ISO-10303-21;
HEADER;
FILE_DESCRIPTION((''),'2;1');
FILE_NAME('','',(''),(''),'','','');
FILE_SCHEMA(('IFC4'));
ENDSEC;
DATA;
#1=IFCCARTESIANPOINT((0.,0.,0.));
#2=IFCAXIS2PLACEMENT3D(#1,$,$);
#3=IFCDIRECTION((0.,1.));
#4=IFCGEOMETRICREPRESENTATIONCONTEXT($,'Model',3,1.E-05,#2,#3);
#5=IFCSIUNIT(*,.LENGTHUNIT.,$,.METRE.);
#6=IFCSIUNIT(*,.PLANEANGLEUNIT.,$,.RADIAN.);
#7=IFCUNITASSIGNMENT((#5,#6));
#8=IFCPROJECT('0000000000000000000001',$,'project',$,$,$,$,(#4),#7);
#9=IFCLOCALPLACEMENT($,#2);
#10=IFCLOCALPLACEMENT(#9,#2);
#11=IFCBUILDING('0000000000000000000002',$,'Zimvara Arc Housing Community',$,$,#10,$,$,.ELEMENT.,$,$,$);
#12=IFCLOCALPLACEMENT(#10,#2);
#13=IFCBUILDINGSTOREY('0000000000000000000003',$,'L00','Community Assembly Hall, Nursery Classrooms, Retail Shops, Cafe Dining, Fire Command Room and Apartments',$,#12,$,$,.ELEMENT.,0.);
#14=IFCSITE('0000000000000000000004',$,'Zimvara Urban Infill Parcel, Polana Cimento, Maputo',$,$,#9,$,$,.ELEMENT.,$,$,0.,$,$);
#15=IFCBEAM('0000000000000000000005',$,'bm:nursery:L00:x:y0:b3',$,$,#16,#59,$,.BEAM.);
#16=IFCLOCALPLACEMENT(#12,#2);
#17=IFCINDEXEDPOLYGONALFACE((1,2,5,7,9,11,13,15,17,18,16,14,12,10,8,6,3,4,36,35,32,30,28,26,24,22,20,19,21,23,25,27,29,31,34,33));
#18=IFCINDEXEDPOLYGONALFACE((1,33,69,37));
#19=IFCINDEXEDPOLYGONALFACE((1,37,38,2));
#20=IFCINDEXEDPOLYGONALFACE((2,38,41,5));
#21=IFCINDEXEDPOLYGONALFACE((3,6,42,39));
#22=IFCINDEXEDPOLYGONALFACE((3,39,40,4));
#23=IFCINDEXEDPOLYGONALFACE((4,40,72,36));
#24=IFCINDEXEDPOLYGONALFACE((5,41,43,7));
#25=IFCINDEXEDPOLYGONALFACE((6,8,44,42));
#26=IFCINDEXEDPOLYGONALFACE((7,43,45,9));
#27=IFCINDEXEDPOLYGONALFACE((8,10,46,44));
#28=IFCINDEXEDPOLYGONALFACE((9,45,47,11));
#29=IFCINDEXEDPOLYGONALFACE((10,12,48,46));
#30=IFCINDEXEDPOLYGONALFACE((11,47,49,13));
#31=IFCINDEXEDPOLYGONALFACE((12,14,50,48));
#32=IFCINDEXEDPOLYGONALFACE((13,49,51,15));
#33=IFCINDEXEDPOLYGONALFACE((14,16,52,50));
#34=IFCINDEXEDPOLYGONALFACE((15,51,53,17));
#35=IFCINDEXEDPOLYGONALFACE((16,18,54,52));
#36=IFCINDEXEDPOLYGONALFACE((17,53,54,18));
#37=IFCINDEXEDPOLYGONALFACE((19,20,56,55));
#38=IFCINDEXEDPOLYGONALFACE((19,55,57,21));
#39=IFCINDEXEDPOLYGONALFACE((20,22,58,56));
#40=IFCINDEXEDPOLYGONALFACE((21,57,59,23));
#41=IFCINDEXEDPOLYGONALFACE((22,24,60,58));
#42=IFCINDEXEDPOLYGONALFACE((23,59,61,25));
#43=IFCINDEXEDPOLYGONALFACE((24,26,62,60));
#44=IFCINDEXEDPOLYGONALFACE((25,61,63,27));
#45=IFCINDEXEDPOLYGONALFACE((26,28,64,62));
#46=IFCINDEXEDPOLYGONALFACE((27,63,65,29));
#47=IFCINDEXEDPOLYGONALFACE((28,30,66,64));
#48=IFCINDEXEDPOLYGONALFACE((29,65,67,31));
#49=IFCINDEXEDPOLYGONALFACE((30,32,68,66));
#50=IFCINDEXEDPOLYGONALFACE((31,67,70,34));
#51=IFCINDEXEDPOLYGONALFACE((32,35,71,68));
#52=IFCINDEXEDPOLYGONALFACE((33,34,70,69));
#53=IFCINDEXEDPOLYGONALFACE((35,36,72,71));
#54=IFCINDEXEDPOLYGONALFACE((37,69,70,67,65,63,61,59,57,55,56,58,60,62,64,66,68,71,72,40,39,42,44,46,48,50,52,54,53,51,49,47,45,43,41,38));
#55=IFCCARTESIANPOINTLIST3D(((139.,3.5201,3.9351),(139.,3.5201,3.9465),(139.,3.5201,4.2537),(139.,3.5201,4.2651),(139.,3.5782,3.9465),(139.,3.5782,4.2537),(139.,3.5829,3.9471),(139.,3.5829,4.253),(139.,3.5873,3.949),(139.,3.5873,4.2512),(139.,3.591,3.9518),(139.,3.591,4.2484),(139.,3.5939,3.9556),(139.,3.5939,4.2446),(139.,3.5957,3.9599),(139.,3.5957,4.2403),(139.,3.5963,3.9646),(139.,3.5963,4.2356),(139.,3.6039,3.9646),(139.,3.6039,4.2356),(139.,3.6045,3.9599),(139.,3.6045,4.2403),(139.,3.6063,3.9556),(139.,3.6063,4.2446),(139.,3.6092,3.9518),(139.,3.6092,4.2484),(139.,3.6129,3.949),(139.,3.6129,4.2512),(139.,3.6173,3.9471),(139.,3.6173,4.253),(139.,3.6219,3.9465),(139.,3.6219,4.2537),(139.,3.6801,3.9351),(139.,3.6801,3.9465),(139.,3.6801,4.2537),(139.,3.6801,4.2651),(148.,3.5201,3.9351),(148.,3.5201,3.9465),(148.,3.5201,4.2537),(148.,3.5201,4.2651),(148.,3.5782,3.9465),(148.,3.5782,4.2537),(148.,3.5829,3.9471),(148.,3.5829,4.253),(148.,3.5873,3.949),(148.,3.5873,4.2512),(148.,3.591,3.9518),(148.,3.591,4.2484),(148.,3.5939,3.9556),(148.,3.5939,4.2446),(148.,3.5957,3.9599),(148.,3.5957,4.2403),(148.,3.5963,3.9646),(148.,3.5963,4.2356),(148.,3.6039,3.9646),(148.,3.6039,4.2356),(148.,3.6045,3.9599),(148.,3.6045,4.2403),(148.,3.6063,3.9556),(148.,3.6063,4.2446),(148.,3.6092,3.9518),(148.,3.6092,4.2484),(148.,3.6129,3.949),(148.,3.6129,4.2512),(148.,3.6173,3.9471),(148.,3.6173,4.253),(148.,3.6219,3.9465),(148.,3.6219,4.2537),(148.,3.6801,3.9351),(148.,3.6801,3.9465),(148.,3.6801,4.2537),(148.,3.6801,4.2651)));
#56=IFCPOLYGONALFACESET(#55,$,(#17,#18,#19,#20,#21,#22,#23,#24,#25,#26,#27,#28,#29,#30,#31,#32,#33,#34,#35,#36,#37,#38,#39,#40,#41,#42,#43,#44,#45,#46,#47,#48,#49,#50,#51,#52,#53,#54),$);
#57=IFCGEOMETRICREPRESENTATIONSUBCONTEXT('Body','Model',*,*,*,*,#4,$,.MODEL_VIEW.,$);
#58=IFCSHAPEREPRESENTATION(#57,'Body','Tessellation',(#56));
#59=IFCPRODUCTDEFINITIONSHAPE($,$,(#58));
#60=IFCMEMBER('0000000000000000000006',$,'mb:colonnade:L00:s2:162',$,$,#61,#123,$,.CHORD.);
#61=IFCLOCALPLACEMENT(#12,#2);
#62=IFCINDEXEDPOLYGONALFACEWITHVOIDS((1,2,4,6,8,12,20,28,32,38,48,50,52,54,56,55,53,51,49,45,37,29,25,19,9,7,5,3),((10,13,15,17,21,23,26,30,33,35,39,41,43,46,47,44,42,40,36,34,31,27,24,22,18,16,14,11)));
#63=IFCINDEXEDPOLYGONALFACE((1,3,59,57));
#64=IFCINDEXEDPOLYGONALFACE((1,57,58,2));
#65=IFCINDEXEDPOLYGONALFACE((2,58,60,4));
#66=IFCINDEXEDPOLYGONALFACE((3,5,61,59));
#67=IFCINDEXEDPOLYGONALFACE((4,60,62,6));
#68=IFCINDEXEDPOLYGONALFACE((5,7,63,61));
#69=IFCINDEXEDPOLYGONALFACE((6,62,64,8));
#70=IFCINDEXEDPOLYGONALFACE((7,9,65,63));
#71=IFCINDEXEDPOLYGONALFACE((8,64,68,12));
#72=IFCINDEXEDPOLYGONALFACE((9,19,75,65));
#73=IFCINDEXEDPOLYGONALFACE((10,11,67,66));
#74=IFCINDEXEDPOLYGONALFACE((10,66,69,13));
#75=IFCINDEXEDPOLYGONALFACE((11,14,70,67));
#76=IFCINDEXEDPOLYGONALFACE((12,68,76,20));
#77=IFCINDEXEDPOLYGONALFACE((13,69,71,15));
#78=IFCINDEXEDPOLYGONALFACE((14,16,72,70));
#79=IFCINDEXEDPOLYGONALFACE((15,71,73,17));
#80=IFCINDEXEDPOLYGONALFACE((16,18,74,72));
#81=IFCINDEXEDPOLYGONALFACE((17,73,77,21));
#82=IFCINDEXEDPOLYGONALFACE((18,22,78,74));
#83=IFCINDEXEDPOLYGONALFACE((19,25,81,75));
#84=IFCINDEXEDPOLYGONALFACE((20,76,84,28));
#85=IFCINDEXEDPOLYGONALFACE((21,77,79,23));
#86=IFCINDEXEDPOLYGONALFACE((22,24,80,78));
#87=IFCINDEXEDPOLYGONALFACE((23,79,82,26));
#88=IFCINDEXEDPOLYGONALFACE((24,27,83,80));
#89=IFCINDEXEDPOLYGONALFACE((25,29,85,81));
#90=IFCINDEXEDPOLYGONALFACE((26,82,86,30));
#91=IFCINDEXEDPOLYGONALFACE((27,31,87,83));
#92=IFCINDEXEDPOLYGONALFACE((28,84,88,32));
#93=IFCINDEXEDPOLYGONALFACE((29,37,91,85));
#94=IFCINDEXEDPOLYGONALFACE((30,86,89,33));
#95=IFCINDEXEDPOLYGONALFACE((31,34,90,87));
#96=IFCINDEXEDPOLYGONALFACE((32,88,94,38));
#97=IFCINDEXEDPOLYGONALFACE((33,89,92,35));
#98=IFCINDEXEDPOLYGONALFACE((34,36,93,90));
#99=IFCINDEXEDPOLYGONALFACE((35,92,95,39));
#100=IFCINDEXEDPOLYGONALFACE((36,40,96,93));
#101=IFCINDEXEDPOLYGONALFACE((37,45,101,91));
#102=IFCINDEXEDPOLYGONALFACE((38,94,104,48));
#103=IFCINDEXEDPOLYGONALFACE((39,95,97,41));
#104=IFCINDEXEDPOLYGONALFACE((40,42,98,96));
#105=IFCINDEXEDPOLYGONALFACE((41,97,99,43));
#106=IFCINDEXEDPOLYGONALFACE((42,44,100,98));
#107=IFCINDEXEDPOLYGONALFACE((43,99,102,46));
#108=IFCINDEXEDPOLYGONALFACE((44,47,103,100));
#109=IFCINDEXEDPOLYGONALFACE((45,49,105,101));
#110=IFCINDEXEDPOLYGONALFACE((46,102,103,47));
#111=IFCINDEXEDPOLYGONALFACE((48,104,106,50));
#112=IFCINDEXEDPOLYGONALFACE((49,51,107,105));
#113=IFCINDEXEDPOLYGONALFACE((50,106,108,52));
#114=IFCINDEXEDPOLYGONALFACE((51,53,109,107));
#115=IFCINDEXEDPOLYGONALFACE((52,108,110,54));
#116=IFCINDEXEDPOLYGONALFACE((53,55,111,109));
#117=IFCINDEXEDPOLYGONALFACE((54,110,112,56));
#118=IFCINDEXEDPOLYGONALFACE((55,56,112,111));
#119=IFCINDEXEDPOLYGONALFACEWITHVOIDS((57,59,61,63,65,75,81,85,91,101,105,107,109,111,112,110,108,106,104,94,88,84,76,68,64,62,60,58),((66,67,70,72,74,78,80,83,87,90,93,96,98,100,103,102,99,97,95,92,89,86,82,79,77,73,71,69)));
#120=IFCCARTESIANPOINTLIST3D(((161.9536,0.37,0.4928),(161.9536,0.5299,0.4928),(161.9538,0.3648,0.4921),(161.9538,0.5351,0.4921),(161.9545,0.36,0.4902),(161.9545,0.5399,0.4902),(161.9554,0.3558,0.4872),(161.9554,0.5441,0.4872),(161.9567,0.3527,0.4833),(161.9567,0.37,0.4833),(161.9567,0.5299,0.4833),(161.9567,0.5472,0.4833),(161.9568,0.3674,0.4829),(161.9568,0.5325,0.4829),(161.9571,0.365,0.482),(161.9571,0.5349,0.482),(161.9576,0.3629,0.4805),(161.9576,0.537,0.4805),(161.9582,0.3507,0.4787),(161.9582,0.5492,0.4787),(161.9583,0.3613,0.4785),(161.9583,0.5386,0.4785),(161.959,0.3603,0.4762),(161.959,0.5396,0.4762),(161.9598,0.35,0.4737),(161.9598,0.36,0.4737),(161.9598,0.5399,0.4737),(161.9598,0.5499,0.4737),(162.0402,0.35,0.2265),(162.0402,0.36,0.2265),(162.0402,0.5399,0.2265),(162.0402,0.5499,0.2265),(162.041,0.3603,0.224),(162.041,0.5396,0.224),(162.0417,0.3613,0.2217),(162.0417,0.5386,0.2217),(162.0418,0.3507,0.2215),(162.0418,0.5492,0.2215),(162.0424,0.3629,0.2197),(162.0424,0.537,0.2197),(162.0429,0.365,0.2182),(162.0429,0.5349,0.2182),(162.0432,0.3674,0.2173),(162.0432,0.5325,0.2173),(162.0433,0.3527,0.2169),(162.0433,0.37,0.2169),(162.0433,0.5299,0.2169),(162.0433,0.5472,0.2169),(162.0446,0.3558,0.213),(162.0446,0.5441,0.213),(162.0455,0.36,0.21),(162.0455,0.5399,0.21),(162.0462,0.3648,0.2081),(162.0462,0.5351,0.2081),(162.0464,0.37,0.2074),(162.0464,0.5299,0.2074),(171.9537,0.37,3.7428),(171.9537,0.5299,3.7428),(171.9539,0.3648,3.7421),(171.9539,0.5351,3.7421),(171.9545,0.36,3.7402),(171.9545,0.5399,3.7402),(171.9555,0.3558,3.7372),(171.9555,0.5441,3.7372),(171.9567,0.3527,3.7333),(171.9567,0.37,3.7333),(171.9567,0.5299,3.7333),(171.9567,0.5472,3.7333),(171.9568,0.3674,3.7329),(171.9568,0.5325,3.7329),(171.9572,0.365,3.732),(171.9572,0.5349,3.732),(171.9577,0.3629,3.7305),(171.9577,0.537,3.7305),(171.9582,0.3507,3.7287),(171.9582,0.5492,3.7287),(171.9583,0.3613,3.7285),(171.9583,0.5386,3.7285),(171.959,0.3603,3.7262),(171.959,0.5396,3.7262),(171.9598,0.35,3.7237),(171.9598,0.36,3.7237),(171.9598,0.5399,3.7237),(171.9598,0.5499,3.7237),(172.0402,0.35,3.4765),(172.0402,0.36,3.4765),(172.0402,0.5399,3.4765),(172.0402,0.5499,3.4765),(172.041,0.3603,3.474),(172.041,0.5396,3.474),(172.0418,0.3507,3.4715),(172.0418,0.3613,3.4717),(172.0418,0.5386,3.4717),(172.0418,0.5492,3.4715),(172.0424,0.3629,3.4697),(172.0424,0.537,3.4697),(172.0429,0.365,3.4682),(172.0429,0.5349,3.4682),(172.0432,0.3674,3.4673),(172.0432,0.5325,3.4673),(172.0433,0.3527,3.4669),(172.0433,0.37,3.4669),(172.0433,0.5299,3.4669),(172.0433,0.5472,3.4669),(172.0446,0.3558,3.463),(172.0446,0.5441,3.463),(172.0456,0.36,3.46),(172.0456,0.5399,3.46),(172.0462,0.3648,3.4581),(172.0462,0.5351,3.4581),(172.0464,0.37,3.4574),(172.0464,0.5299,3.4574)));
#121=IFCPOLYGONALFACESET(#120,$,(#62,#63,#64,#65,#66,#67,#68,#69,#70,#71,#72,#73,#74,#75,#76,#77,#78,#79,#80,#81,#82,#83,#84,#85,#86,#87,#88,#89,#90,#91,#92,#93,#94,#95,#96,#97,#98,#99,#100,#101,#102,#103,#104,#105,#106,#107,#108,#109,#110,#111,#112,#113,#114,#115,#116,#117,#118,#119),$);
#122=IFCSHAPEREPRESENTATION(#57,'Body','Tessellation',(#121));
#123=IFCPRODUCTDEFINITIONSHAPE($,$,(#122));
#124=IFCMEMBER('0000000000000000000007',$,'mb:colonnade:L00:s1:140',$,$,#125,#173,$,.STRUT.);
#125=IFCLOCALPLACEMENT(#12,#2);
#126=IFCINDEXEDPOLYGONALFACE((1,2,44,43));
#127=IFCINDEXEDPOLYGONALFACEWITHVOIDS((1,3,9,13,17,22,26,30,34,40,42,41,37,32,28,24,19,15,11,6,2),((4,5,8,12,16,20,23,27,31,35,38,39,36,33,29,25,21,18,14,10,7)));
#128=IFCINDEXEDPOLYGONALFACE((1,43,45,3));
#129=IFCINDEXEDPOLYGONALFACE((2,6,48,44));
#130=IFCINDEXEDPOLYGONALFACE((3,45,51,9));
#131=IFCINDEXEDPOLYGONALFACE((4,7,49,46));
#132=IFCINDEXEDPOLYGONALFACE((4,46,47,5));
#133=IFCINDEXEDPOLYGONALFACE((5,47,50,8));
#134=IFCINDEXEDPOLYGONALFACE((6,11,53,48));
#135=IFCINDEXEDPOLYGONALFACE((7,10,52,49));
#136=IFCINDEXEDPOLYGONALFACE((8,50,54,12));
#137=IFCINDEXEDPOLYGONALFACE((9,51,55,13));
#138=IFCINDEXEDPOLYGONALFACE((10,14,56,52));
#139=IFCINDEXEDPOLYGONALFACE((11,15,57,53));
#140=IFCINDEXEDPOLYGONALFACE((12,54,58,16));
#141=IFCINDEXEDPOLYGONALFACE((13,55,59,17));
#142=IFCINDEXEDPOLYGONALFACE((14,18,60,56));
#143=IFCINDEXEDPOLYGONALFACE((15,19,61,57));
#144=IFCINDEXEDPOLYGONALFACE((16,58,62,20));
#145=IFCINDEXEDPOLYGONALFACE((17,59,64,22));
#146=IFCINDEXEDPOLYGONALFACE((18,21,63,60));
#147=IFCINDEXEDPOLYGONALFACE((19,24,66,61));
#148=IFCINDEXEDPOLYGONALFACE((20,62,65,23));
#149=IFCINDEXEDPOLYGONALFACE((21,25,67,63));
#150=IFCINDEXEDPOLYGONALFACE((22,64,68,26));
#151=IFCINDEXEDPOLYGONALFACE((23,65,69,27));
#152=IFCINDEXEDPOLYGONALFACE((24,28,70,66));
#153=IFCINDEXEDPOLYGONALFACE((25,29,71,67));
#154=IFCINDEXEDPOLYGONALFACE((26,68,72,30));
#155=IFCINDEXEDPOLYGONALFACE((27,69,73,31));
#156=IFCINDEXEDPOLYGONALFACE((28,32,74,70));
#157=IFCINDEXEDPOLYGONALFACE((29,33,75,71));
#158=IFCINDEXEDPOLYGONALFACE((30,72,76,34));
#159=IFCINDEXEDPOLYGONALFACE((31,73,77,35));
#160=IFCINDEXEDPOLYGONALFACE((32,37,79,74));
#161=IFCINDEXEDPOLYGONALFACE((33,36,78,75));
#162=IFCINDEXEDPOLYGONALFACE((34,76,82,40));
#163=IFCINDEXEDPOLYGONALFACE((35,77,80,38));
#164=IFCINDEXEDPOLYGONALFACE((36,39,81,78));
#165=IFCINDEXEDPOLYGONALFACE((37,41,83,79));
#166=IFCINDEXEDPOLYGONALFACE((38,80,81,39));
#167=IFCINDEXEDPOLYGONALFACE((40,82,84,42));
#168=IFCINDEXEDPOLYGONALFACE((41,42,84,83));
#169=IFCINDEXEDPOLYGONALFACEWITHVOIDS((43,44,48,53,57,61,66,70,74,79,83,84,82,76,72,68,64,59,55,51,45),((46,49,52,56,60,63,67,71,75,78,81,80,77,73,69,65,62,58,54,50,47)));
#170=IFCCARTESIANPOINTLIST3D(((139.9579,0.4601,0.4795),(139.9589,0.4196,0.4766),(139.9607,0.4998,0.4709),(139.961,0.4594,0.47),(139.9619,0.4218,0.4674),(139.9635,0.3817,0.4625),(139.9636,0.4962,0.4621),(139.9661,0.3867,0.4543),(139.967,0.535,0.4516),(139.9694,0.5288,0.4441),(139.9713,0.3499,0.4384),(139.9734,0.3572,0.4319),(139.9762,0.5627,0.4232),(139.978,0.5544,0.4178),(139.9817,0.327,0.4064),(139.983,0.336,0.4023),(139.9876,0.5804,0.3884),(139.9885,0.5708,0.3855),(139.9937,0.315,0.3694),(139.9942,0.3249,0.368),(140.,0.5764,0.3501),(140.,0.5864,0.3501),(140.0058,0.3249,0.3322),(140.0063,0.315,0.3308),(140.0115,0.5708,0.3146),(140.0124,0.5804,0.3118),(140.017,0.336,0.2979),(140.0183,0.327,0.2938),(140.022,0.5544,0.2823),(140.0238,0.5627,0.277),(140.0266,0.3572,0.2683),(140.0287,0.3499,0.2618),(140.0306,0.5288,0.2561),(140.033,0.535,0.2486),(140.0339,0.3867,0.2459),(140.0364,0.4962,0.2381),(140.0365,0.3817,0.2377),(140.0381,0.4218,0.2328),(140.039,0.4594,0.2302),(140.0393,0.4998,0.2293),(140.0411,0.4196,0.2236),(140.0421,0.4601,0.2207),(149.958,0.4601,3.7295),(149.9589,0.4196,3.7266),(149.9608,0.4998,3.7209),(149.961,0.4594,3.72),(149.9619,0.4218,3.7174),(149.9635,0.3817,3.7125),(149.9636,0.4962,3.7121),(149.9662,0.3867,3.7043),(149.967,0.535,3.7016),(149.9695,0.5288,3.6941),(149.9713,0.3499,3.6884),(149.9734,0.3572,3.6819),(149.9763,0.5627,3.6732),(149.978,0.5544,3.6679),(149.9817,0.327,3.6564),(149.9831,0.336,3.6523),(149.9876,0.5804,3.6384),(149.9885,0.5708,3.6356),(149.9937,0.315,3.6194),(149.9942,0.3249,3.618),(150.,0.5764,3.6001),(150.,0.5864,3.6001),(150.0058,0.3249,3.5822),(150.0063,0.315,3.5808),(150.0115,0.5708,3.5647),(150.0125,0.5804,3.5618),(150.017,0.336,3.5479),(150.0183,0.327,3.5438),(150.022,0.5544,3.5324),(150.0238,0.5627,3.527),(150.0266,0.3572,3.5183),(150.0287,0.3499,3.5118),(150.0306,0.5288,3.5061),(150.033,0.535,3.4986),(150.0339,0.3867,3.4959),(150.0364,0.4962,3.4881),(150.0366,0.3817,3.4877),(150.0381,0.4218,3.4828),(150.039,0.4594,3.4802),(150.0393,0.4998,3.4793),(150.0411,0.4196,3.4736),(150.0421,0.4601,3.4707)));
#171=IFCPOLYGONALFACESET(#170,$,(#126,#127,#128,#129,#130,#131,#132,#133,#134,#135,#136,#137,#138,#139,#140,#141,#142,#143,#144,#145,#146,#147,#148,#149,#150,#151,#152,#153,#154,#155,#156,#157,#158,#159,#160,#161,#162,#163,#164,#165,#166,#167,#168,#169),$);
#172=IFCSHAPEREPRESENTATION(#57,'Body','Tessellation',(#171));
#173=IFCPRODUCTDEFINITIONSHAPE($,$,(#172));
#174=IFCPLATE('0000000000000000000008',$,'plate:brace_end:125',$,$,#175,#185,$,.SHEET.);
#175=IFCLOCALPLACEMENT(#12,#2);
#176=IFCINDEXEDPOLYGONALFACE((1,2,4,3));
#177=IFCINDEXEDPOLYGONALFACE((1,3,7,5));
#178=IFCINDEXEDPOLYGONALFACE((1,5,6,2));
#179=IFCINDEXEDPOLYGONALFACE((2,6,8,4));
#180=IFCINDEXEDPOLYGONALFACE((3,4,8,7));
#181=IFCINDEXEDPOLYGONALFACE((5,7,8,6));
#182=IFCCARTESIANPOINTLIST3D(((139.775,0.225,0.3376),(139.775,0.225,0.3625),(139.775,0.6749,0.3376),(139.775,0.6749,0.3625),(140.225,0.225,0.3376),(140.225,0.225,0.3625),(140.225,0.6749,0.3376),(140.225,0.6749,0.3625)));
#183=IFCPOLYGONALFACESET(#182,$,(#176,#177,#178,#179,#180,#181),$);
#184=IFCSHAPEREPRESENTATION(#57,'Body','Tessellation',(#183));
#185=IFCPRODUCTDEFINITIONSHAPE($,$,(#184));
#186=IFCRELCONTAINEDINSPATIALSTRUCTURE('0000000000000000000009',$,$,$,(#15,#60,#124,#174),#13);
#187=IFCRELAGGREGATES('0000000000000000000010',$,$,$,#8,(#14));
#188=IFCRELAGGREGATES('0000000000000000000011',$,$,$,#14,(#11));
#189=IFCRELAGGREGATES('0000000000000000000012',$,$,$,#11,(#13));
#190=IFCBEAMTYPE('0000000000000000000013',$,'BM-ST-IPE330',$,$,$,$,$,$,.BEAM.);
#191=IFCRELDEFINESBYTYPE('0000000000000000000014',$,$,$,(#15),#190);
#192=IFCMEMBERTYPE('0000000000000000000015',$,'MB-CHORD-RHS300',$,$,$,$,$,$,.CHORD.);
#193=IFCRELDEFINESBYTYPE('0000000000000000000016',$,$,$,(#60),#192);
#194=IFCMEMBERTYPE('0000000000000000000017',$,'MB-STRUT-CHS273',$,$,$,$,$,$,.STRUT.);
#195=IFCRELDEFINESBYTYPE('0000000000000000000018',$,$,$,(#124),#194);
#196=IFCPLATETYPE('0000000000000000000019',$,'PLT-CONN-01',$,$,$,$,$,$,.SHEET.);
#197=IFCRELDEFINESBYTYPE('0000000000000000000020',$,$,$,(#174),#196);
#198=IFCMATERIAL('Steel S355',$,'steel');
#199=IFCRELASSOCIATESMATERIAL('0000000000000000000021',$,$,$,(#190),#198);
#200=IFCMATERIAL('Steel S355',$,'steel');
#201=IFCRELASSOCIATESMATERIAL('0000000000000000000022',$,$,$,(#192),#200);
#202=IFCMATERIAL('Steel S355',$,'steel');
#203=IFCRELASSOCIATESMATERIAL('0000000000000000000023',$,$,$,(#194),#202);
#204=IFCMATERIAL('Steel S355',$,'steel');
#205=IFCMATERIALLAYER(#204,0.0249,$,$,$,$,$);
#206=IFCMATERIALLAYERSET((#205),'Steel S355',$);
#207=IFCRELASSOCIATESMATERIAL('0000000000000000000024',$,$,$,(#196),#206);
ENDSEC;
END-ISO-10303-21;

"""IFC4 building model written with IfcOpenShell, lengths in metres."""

from ifc_helpers import new_model, si_unit, direction, frame, origin, origin_2d, place, context, subcontext, project, spatial, rectangle, hollow_rectangle, hollow_circle, i_section, extrude, material, layer, layer_set, material_profile, profile_set, type_object, element, save


model = new_model("IFC4")

# Units and contexts
model_context = context("Model", 3, precision=1e-05, world=origin(), true_north=direction((0.0, 1.0)))
body_context = subcontext(model_context, "Body", "Model", "MODEL_VIEW")
ifc_project = project(units=[si_unit("LENGTHUNIT", "METRE"), si_unit("PLANEANGLEUNIT", "RADIAN")], contexts=[model_context])

# Site, building, storey
site_placement = place(None, origin())
site = spatial("IfcSite", under=ifc_project, at=site_placement, Name="Zimvara Urban Infill Parcel, Polana Cimento, Maputo", CompositionType="ELEMENT", RefElevation=0.0)
building_placement = place(site_placement, origin())
building = spatial("IfcBuilding", under=site, at=building_placement, Name="Zimvara Arc Housing Community", CompositionType="ELEMENT")
storey_placement = place(building_placement, origin())
storey = spatial("IfcBuildingStorey", under=building, at=storey_placement, Name="L00", Description="Community Assembly Hall, Nursery Classrooms, Retail Shops, Cafe Dining, Fire Command Room and Apartments", CompositionType="ELEMENT", Elevation=0.0)

# Beam
ifc_material_1 = material(Name="Steel S355", Category="steel")
ifc_material_profile_1 = material_profile(ifc_material_1, i_section(OverallWidth=0.1599, OverallDepth=0.3301, WebThickness=0.0076, FlangeThickness=0.0115, FilletRadius=0.0181, at=origin_2d()), Name="IPE 330")
ifc_profile_set_1 = profile_set([ifc_material_profile_1], Name="Steel S355")
beam_type_1 = type_object("IfcBeamType", Name="BM-ST-IPE330", PredefinedType="BEAM", material=ifc_profile_set_1)
beam_placement = place(storey_placement, frame((139.0, 3.6001, 4.1001), z_axis=(1.0, 0.0, 0.0), x_axis=(0.0, 1.0, 0.0)))
element("IfcBeam", 1, at=beam_placement, inside=storey, type_object=beam_type_1, Name="bm:nursery:L00:x:y0:b3", PredefinedType="BEAM", context=body_context, shape_type="SweptSolid", body=[
    extrude(i_section(OverallWidth=0.1599, OverallDepth=0.3301, WebThickness=0.0076, FlangeThickness=0.0115, FilletRadius=0.0181, at=origin_2d()), origin(), (0.0, 0.0, 1.0), 9.0),
])

# Members
ifc_material_2 = material(Name="Steel S355", Category="steel")
ifc_material_profile_2 = material_profile(ifc_material_2, hollow_rectangle(XDim=0.2, YDim=0.3, WallThickness=0.01, InnerFilletRadius=0.01, OuterFilletRadius=0.02, at=origin_2d()), Name="RHS 300x200x10.0")
ifc_profile_set_2 = profile_set([ifc_material_profile_2], Name="Steel S355")
member_type_1 = type_object("IfcMemberType", Name="MB-CHORD-RHS300", PredefinedType="CHORD", material=ifc_profile_set_2)
member_1_placement = place(storey_placement, frame((162.0, 0.45, 0.3501), z_axis=(0.951034, 0.0, 0.309086), x_axis=(0.0, 1.0, 0.0)))
element("IfcMember", 2, at=member_1_placement, inside=storey, type_object=member_type_1, Name="mb:colonnade:L00:s2:162", PredefinedType="CHORD", context=body_context, shape_type="SweptSolid", body=[
    extrude(hollow_rectangle(XDim=0.2, YDim=0.3, WallThickness=0.01, InnerFilletRadius=0.01, OuterFilletRadius=0.02, at=origin_2d()), origin(), (0.0, 0.0, 1.0), 10.5149),
])
ifc_material_3 = material(Name="Steel S355", Category="steel")
ifc_material_profile_3 = material_profile(ifc_material_3, hollow_circle(Radius=0.1365, WallThickness=0.01, at=origin_2d()), Name="CHS 273.0x10.0")
ifc_profile_set_3 = profile_set([ifc_material_profile_3], Name="Steel S355")
member_type_2 = type_object("IfcMemberType", Name="MB-STRUT-CHS273", PredefinedType="STRUT", material=ifc_profile_set_3)
member_2_placement = place(storey_placement, frame((140.0, 0.45, 0.3501), z_axis=(0.951034, 0.0, 0.309086), x_axis=(0.0, 1.0, 0.0)))
element("IfcMember", 3, at=member_2_placement, inside=storey, type_object=member_type_2, Name="mb:colonnade:L00:s1:140", PredefinedType="STRUT", context=body_context, shape_type="SweptSolid", body=[
    extrude(hollow_circle(Radius=0.1365, WallThickness=0.01, at=origin_2d()), origin(), (0.0, 0.0, 1.0), 10.5149),
])

# Plate
ifc_material_4 = material(Name="Steel S355", Category="steel")
ifc_layer_1 = layer(ifc_material_4, 0.0249)
ifc_layer_set_1 = layer_set([ifc_layer_1], Name="Steel S355")
plate_type_1 = type_object("IfcPlateType", Name="PLT-CONN-01", PredefinedType="SHEET", material=ifc_layer_set_1)
plate_1_placement = place(storey_placement, frame((140.0, 0.45, 0.3376), z_axis=(0.0, 0.0, 1.0), x_axis=(1.0, 0.0, 0.0)))
element("IfcPlate", 4, at=plate_1_placement, inside=storey, type_object=plate_type_1, Name="plate:brace_end:125", PredefinedType="SHEET", context=body_context, shape_type="SweptSolid", body=[
    extrude(rectangle(XDim=0.45, YDim=0.45, at=origin_2d()), origin(), (0.0, 0.0, 1.0), 0.0249),
])

save(model, "model.ifc")
